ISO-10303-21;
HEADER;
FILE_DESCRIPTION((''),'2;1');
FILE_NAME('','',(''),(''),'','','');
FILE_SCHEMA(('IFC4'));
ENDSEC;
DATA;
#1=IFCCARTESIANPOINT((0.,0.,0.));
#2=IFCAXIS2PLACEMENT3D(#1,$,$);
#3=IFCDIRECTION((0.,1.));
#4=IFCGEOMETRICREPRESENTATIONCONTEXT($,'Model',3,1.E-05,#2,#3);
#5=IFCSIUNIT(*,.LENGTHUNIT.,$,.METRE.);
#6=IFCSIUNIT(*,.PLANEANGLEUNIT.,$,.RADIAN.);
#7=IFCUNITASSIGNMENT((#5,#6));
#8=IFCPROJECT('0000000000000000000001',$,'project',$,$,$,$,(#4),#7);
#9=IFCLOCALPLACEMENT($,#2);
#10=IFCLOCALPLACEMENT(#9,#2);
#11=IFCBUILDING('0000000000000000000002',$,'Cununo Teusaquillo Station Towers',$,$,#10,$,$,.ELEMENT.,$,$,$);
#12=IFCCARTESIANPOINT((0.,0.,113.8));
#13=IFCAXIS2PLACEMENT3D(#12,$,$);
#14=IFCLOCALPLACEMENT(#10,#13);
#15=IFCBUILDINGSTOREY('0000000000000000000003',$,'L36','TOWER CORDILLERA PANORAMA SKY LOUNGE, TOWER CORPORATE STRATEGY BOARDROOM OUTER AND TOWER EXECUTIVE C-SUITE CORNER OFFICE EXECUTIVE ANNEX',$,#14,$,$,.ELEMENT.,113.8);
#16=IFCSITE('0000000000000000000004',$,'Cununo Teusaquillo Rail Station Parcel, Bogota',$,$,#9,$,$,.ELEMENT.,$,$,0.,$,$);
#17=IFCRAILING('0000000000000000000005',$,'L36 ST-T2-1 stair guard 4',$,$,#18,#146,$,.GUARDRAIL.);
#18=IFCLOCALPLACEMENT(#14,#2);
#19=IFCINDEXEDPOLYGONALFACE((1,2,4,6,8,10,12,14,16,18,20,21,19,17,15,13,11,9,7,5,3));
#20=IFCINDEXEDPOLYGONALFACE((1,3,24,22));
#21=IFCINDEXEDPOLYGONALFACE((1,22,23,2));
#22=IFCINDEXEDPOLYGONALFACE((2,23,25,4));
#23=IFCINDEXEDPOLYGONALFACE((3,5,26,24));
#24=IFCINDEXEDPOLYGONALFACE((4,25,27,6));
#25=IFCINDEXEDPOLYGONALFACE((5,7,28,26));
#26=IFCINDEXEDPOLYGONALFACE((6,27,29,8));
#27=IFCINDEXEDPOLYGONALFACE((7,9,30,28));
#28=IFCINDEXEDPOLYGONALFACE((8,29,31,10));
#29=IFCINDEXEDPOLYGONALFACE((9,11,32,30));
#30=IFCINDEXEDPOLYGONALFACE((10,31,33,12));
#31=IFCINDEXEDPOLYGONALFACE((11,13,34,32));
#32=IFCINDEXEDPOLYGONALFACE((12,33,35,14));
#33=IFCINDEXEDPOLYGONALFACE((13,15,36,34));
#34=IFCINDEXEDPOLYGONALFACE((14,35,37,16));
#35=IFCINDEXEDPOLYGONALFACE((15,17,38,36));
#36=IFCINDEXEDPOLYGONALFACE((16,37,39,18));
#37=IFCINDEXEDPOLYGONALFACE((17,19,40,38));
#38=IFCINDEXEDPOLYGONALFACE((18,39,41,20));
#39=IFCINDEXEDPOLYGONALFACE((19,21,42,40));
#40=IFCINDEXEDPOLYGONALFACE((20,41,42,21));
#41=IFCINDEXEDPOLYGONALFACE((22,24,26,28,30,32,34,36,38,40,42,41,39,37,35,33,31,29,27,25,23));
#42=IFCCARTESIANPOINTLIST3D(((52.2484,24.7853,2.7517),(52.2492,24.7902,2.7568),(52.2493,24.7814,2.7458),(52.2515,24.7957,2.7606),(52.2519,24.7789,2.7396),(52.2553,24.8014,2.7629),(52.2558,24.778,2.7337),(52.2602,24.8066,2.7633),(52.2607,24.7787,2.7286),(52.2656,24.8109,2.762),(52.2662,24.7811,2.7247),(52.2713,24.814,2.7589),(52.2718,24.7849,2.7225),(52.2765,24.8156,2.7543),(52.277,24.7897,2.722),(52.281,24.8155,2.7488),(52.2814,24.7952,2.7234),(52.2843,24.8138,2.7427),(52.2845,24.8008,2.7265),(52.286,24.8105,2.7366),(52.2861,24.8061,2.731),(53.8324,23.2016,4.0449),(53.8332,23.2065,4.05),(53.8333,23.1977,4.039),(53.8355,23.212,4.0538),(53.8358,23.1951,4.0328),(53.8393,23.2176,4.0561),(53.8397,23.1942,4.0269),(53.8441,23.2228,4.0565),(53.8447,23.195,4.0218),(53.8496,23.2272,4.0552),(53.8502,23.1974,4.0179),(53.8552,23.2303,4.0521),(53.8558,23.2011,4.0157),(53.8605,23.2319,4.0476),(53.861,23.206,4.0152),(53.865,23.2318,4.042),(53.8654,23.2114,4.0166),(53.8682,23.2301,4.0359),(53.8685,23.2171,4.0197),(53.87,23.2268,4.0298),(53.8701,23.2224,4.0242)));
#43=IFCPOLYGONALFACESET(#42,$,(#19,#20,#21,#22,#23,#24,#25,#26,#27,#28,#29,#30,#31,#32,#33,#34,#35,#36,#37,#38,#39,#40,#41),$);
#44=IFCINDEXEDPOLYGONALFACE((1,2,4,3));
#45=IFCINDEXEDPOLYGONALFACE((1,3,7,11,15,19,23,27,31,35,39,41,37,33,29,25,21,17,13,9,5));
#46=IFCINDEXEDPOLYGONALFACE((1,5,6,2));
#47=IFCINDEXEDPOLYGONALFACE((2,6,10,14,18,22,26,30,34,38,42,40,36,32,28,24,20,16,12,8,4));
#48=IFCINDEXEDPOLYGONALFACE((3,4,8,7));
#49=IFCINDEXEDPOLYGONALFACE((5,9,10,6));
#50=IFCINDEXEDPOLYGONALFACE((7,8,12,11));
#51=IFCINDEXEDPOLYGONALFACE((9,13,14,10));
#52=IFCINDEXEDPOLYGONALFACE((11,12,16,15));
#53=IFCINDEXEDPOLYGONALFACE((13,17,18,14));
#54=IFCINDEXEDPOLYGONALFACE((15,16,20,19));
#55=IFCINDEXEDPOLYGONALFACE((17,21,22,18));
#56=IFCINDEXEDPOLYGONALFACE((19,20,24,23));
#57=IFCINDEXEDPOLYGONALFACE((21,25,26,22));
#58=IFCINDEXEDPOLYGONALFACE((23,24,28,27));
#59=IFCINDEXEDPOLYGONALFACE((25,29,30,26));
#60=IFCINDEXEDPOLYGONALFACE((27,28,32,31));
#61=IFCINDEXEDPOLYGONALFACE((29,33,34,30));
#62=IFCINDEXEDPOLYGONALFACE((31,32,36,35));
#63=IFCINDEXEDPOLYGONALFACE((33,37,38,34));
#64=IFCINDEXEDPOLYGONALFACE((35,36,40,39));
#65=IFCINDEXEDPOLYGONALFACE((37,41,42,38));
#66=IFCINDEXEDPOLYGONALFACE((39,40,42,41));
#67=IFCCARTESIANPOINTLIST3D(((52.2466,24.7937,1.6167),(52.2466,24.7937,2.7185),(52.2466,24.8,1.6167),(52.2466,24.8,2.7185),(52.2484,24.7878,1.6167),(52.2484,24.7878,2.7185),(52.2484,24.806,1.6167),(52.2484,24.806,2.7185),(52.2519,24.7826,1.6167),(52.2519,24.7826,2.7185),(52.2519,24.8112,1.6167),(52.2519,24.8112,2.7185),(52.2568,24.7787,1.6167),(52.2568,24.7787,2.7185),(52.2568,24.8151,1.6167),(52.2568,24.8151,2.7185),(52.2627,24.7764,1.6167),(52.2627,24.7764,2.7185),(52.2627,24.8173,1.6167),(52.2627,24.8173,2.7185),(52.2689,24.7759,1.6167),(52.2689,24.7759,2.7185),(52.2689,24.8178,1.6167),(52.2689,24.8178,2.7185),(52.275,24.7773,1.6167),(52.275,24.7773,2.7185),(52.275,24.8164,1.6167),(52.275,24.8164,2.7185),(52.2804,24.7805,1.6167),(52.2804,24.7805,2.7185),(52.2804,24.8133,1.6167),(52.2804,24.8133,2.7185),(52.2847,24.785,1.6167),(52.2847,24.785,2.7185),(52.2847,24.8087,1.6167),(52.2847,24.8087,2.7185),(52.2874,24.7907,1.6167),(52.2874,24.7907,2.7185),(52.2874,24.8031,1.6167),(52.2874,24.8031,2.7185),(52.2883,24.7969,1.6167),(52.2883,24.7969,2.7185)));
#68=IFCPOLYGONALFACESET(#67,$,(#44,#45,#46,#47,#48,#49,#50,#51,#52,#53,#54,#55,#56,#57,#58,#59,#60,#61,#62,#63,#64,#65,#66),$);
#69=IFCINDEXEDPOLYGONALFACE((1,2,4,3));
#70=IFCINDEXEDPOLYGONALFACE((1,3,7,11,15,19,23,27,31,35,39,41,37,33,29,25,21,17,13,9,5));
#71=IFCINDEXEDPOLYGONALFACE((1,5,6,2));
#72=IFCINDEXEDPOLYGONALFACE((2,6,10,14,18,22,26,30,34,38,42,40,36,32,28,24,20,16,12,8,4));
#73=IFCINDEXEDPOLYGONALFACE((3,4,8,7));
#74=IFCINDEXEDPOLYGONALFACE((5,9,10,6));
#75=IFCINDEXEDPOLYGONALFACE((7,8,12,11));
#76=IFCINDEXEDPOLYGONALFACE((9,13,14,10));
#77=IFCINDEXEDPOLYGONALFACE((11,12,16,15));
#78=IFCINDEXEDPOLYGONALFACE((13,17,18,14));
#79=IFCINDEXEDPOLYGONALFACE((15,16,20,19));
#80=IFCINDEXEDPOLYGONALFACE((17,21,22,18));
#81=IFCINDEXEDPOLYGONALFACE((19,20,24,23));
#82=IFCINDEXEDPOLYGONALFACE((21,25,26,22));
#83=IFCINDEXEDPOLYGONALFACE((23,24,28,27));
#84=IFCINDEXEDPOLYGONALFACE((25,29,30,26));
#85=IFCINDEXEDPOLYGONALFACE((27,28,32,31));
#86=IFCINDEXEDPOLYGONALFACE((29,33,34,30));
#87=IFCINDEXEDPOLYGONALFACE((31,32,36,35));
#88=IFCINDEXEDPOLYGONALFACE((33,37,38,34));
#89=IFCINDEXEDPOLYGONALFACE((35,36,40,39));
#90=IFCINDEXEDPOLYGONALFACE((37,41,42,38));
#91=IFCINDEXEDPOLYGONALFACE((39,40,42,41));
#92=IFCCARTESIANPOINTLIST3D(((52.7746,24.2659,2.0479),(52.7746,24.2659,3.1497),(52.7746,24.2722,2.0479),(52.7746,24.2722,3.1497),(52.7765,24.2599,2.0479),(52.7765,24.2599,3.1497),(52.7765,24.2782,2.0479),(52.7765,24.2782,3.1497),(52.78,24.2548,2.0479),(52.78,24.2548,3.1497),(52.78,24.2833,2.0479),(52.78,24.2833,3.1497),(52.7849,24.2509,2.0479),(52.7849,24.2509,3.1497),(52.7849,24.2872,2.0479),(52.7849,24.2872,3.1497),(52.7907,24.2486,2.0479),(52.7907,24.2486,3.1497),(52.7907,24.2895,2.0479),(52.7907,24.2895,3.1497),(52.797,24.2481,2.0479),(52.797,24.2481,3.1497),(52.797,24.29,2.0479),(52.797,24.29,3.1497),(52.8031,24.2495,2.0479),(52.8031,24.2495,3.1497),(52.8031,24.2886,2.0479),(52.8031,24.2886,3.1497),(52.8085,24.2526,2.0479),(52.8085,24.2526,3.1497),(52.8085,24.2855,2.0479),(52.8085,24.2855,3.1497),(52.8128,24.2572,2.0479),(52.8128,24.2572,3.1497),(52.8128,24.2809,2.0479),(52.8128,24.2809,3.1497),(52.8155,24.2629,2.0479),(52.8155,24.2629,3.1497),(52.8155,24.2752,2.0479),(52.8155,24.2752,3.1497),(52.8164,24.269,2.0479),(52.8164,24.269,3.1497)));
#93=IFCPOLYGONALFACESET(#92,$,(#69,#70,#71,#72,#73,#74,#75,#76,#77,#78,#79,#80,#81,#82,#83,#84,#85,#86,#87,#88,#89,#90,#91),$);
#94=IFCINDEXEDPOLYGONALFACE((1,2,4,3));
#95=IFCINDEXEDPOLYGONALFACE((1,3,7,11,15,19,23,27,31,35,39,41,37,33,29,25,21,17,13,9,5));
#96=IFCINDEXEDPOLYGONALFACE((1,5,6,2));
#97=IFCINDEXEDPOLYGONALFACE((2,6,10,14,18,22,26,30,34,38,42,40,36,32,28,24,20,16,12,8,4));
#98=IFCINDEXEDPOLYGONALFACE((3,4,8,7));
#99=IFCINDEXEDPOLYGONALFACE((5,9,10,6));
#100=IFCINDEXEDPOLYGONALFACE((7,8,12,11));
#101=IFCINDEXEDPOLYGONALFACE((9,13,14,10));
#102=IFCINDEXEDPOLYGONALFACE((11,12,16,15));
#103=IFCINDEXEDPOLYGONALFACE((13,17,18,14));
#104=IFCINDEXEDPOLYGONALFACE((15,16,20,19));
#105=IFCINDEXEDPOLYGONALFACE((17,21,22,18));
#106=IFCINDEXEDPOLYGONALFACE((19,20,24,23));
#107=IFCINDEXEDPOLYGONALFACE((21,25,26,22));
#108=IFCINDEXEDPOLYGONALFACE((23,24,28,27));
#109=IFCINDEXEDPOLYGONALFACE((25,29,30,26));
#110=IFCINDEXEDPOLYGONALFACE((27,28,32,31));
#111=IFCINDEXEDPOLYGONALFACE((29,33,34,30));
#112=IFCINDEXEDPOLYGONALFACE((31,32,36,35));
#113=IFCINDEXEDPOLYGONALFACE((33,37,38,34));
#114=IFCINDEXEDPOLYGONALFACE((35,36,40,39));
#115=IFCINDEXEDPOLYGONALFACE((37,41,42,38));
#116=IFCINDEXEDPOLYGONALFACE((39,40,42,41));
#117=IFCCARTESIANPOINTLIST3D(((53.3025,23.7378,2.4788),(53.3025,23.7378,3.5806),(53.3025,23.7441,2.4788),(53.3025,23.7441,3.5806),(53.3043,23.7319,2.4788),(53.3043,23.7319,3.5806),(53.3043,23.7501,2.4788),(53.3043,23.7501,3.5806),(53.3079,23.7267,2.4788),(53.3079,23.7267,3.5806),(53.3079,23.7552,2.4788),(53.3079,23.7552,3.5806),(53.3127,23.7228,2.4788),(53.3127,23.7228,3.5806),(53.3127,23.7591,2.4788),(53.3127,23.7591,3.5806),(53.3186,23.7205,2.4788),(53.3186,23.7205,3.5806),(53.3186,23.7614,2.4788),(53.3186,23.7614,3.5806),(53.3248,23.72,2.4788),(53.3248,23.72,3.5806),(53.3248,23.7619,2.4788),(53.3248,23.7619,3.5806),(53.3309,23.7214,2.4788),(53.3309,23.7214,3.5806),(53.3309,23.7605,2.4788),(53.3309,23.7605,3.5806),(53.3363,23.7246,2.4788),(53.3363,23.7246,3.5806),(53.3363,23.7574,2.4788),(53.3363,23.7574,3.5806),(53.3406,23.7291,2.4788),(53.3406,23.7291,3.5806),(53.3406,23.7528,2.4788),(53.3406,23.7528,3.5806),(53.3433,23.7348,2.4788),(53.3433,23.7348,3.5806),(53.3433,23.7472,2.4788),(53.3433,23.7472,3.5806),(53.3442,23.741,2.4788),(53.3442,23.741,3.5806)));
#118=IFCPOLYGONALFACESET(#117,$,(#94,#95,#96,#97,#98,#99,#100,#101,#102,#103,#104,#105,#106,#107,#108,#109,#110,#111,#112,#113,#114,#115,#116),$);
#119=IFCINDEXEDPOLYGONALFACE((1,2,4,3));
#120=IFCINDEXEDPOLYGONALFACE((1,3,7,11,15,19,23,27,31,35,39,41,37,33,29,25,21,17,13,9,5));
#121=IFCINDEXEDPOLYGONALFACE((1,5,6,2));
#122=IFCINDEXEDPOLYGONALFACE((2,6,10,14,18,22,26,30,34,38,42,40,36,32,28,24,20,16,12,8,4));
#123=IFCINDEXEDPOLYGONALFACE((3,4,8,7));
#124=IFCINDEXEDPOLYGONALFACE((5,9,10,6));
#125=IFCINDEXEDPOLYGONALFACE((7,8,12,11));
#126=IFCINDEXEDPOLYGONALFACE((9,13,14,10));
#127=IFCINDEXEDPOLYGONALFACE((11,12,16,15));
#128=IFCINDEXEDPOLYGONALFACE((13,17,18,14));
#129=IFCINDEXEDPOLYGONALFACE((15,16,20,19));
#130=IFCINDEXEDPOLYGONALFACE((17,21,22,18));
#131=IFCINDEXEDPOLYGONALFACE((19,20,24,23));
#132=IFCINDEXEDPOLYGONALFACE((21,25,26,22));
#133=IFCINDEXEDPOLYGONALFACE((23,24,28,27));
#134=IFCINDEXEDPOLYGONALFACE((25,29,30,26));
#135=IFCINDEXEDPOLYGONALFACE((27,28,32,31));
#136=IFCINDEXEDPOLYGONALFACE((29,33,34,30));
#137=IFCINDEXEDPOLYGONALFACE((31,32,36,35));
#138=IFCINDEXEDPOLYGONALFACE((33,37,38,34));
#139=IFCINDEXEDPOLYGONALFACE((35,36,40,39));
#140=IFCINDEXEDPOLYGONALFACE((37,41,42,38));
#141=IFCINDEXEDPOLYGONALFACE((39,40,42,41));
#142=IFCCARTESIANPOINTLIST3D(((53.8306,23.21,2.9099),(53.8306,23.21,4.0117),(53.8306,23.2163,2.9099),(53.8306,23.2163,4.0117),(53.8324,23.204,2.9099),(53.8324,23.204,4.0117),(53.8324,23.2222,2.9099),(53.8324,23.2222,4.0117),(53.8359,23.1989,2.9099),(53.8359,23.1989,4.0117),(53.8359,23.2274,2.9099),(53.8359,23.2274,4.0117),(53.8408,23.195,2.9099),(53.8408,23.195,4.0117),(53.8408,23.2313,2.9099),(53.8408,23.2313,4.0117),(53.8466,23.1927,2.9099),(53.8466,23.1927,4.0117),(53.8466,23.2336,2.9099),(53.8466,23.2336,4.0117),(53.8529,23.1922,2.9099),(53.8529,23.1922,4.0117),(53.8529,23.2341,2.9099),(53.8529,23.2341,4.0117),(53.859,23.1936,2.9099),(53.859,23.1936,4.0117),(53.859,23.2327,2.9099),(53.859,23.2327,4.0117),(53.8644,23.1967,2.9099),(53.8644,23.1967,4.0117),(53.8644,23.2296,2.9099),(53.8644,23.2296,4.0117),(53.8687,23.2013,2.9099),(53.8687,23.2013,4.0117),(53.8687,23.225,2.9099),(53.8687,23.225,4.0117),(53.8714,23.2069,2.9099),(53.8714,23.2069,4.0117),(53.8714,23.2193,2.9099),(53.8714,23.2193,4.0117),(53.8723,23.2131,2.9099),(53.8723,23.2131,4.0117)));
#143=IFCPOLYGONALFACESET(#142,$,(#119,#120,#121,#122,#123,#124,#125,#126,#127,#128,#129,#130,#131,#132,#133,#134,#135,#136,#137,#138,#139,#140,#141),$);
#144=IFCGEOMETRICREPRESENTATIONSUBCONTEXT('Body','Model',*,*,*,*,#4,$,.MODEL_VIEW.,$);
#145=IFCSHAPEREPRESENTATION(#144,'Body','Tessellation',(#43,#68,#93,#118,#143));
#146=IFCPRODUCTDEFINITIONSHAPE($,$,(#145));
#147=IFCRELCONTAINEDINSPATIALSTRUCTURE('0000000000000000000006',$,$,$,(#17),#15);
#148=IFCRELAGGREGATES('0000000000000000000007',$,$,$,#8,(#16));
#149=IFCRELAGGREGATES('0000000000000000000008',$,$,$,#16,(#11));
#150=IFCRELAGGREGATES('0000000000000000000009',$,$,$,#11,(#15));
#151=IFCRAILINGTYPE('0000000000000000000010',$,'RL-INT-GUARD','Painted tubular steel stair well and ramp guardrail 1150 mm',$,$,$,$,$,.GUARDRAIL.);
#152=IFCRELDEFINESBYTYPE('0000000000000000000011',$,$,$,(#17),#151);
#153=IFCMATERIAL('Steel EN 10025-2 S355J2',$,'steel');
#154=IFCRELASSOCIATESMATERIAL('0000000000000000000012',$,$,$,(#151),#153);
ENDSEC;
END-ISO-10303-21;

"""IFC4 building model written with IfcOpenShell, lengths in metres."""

from ifc_helpers import new_model, si_unit, direction, frame, origin, origin_2d, place, context, subcontext, project, spatial, circle, extrude, material, type_object, element, save


model = new_model("IFC4")

# Units and contexts
model_context = context("Model", 3, precision=1e-05, world=origin(), true_north=direction((0.0, 1.0)))
body_context = subcontext(model_context, "Body", "Model", "MODEL_VIEW")
ifc_project = project(units=[si_unit("LENGTHUNIT", "METRE"), si_unit("PLANEANGLEUNIT", "RADIAN")], contexts=[model_context])

# Site, building, storey
site_placement = place(None, origin())
site = spatial("IfcSite", under=ifc_project, at=site_placement, Name="Cununo Teusaquillo Rail Station Parcel, Bogota", CompositionType="ELEMENT", RefElevation=0.0)
building_placement = place(site_placement, origin())
building = spatial("IfcBuilding", under=site, at=building_placement, Name="Cununo Teusaquillo Station Towers", CompositionType="ELEMENT")
storey_placement = place(building_placement, frame((0.0, 0.0, 113.8)))
storey = spatial("IfcBuildingStorey", under=building, at=storey_placement, Name="L36", Description="TOWER CORDILLERA PANORAMA SKY LOUNGE, TOWER CORPORATE STRATEGY BOARDROOM OUTER AND TOWER EXECUTIVE C-SUITE CORNER OFFICE EXECUTIVE ANNEX", CompositionType="ELEMENT", Elevation=113.8)

# Railing
ifc_material_1 = material(Name="Steel EN 10025-2 S355J2", Category="steel")
railing_type_1 = type_object("IfcRailingType", Name="RL-INT-GUARD", Description="Painted tubular steel stair well and ramp guardrail 1150 mm", PredefinedType="GUARDRAIL", material=ifc_material_1)
railing_1_placement = place(storey_placement, frame((52.2673, 24.7969, 1.6167)))
element("IfcRailing", 1, at=railing_1_placement, inside=storey, type_object=railing_type_1, Name="L36 ST-T2-1 stair guard 4", PredefinedType="GUARDRAIL", context=body_context, shape_type="SweptSolid", body=[
    extrude(circle(Radius=0.0239, at=origin_2d()), frame((0.0, 0.0, 1.126), z_axis=(0.61242, -0.612326, 0.499998), x_axis=(0.707052, 0.707161, 0.0)), (0.0, 0.0, 1.0), 2.5864),
    extrude(circle(Radius=0.021, at=origin_2d()), origin(), (0.0, 0.0, 1.0), 1.1018),
    extrude(circle(Radius=0.021, at=origin_2d()), frame((0.5281, -0.5278, 0.4312)), (0.0, 0.0, 1.0), 1.1018),
    extrude(circle(Radius=0.021, at=origin_2d()), frame((1.0559, -1.0559, 0.8621)), (0.0, 0.0, 1.0), 1.1018),
    extrude(circle(Radius=0.021, at=origin_2d()), frame((1.584, -1.5837, 1.2932)), (0.0, 0.0, 1.0), 1.1018),
])

save(model, "model.ifc")
